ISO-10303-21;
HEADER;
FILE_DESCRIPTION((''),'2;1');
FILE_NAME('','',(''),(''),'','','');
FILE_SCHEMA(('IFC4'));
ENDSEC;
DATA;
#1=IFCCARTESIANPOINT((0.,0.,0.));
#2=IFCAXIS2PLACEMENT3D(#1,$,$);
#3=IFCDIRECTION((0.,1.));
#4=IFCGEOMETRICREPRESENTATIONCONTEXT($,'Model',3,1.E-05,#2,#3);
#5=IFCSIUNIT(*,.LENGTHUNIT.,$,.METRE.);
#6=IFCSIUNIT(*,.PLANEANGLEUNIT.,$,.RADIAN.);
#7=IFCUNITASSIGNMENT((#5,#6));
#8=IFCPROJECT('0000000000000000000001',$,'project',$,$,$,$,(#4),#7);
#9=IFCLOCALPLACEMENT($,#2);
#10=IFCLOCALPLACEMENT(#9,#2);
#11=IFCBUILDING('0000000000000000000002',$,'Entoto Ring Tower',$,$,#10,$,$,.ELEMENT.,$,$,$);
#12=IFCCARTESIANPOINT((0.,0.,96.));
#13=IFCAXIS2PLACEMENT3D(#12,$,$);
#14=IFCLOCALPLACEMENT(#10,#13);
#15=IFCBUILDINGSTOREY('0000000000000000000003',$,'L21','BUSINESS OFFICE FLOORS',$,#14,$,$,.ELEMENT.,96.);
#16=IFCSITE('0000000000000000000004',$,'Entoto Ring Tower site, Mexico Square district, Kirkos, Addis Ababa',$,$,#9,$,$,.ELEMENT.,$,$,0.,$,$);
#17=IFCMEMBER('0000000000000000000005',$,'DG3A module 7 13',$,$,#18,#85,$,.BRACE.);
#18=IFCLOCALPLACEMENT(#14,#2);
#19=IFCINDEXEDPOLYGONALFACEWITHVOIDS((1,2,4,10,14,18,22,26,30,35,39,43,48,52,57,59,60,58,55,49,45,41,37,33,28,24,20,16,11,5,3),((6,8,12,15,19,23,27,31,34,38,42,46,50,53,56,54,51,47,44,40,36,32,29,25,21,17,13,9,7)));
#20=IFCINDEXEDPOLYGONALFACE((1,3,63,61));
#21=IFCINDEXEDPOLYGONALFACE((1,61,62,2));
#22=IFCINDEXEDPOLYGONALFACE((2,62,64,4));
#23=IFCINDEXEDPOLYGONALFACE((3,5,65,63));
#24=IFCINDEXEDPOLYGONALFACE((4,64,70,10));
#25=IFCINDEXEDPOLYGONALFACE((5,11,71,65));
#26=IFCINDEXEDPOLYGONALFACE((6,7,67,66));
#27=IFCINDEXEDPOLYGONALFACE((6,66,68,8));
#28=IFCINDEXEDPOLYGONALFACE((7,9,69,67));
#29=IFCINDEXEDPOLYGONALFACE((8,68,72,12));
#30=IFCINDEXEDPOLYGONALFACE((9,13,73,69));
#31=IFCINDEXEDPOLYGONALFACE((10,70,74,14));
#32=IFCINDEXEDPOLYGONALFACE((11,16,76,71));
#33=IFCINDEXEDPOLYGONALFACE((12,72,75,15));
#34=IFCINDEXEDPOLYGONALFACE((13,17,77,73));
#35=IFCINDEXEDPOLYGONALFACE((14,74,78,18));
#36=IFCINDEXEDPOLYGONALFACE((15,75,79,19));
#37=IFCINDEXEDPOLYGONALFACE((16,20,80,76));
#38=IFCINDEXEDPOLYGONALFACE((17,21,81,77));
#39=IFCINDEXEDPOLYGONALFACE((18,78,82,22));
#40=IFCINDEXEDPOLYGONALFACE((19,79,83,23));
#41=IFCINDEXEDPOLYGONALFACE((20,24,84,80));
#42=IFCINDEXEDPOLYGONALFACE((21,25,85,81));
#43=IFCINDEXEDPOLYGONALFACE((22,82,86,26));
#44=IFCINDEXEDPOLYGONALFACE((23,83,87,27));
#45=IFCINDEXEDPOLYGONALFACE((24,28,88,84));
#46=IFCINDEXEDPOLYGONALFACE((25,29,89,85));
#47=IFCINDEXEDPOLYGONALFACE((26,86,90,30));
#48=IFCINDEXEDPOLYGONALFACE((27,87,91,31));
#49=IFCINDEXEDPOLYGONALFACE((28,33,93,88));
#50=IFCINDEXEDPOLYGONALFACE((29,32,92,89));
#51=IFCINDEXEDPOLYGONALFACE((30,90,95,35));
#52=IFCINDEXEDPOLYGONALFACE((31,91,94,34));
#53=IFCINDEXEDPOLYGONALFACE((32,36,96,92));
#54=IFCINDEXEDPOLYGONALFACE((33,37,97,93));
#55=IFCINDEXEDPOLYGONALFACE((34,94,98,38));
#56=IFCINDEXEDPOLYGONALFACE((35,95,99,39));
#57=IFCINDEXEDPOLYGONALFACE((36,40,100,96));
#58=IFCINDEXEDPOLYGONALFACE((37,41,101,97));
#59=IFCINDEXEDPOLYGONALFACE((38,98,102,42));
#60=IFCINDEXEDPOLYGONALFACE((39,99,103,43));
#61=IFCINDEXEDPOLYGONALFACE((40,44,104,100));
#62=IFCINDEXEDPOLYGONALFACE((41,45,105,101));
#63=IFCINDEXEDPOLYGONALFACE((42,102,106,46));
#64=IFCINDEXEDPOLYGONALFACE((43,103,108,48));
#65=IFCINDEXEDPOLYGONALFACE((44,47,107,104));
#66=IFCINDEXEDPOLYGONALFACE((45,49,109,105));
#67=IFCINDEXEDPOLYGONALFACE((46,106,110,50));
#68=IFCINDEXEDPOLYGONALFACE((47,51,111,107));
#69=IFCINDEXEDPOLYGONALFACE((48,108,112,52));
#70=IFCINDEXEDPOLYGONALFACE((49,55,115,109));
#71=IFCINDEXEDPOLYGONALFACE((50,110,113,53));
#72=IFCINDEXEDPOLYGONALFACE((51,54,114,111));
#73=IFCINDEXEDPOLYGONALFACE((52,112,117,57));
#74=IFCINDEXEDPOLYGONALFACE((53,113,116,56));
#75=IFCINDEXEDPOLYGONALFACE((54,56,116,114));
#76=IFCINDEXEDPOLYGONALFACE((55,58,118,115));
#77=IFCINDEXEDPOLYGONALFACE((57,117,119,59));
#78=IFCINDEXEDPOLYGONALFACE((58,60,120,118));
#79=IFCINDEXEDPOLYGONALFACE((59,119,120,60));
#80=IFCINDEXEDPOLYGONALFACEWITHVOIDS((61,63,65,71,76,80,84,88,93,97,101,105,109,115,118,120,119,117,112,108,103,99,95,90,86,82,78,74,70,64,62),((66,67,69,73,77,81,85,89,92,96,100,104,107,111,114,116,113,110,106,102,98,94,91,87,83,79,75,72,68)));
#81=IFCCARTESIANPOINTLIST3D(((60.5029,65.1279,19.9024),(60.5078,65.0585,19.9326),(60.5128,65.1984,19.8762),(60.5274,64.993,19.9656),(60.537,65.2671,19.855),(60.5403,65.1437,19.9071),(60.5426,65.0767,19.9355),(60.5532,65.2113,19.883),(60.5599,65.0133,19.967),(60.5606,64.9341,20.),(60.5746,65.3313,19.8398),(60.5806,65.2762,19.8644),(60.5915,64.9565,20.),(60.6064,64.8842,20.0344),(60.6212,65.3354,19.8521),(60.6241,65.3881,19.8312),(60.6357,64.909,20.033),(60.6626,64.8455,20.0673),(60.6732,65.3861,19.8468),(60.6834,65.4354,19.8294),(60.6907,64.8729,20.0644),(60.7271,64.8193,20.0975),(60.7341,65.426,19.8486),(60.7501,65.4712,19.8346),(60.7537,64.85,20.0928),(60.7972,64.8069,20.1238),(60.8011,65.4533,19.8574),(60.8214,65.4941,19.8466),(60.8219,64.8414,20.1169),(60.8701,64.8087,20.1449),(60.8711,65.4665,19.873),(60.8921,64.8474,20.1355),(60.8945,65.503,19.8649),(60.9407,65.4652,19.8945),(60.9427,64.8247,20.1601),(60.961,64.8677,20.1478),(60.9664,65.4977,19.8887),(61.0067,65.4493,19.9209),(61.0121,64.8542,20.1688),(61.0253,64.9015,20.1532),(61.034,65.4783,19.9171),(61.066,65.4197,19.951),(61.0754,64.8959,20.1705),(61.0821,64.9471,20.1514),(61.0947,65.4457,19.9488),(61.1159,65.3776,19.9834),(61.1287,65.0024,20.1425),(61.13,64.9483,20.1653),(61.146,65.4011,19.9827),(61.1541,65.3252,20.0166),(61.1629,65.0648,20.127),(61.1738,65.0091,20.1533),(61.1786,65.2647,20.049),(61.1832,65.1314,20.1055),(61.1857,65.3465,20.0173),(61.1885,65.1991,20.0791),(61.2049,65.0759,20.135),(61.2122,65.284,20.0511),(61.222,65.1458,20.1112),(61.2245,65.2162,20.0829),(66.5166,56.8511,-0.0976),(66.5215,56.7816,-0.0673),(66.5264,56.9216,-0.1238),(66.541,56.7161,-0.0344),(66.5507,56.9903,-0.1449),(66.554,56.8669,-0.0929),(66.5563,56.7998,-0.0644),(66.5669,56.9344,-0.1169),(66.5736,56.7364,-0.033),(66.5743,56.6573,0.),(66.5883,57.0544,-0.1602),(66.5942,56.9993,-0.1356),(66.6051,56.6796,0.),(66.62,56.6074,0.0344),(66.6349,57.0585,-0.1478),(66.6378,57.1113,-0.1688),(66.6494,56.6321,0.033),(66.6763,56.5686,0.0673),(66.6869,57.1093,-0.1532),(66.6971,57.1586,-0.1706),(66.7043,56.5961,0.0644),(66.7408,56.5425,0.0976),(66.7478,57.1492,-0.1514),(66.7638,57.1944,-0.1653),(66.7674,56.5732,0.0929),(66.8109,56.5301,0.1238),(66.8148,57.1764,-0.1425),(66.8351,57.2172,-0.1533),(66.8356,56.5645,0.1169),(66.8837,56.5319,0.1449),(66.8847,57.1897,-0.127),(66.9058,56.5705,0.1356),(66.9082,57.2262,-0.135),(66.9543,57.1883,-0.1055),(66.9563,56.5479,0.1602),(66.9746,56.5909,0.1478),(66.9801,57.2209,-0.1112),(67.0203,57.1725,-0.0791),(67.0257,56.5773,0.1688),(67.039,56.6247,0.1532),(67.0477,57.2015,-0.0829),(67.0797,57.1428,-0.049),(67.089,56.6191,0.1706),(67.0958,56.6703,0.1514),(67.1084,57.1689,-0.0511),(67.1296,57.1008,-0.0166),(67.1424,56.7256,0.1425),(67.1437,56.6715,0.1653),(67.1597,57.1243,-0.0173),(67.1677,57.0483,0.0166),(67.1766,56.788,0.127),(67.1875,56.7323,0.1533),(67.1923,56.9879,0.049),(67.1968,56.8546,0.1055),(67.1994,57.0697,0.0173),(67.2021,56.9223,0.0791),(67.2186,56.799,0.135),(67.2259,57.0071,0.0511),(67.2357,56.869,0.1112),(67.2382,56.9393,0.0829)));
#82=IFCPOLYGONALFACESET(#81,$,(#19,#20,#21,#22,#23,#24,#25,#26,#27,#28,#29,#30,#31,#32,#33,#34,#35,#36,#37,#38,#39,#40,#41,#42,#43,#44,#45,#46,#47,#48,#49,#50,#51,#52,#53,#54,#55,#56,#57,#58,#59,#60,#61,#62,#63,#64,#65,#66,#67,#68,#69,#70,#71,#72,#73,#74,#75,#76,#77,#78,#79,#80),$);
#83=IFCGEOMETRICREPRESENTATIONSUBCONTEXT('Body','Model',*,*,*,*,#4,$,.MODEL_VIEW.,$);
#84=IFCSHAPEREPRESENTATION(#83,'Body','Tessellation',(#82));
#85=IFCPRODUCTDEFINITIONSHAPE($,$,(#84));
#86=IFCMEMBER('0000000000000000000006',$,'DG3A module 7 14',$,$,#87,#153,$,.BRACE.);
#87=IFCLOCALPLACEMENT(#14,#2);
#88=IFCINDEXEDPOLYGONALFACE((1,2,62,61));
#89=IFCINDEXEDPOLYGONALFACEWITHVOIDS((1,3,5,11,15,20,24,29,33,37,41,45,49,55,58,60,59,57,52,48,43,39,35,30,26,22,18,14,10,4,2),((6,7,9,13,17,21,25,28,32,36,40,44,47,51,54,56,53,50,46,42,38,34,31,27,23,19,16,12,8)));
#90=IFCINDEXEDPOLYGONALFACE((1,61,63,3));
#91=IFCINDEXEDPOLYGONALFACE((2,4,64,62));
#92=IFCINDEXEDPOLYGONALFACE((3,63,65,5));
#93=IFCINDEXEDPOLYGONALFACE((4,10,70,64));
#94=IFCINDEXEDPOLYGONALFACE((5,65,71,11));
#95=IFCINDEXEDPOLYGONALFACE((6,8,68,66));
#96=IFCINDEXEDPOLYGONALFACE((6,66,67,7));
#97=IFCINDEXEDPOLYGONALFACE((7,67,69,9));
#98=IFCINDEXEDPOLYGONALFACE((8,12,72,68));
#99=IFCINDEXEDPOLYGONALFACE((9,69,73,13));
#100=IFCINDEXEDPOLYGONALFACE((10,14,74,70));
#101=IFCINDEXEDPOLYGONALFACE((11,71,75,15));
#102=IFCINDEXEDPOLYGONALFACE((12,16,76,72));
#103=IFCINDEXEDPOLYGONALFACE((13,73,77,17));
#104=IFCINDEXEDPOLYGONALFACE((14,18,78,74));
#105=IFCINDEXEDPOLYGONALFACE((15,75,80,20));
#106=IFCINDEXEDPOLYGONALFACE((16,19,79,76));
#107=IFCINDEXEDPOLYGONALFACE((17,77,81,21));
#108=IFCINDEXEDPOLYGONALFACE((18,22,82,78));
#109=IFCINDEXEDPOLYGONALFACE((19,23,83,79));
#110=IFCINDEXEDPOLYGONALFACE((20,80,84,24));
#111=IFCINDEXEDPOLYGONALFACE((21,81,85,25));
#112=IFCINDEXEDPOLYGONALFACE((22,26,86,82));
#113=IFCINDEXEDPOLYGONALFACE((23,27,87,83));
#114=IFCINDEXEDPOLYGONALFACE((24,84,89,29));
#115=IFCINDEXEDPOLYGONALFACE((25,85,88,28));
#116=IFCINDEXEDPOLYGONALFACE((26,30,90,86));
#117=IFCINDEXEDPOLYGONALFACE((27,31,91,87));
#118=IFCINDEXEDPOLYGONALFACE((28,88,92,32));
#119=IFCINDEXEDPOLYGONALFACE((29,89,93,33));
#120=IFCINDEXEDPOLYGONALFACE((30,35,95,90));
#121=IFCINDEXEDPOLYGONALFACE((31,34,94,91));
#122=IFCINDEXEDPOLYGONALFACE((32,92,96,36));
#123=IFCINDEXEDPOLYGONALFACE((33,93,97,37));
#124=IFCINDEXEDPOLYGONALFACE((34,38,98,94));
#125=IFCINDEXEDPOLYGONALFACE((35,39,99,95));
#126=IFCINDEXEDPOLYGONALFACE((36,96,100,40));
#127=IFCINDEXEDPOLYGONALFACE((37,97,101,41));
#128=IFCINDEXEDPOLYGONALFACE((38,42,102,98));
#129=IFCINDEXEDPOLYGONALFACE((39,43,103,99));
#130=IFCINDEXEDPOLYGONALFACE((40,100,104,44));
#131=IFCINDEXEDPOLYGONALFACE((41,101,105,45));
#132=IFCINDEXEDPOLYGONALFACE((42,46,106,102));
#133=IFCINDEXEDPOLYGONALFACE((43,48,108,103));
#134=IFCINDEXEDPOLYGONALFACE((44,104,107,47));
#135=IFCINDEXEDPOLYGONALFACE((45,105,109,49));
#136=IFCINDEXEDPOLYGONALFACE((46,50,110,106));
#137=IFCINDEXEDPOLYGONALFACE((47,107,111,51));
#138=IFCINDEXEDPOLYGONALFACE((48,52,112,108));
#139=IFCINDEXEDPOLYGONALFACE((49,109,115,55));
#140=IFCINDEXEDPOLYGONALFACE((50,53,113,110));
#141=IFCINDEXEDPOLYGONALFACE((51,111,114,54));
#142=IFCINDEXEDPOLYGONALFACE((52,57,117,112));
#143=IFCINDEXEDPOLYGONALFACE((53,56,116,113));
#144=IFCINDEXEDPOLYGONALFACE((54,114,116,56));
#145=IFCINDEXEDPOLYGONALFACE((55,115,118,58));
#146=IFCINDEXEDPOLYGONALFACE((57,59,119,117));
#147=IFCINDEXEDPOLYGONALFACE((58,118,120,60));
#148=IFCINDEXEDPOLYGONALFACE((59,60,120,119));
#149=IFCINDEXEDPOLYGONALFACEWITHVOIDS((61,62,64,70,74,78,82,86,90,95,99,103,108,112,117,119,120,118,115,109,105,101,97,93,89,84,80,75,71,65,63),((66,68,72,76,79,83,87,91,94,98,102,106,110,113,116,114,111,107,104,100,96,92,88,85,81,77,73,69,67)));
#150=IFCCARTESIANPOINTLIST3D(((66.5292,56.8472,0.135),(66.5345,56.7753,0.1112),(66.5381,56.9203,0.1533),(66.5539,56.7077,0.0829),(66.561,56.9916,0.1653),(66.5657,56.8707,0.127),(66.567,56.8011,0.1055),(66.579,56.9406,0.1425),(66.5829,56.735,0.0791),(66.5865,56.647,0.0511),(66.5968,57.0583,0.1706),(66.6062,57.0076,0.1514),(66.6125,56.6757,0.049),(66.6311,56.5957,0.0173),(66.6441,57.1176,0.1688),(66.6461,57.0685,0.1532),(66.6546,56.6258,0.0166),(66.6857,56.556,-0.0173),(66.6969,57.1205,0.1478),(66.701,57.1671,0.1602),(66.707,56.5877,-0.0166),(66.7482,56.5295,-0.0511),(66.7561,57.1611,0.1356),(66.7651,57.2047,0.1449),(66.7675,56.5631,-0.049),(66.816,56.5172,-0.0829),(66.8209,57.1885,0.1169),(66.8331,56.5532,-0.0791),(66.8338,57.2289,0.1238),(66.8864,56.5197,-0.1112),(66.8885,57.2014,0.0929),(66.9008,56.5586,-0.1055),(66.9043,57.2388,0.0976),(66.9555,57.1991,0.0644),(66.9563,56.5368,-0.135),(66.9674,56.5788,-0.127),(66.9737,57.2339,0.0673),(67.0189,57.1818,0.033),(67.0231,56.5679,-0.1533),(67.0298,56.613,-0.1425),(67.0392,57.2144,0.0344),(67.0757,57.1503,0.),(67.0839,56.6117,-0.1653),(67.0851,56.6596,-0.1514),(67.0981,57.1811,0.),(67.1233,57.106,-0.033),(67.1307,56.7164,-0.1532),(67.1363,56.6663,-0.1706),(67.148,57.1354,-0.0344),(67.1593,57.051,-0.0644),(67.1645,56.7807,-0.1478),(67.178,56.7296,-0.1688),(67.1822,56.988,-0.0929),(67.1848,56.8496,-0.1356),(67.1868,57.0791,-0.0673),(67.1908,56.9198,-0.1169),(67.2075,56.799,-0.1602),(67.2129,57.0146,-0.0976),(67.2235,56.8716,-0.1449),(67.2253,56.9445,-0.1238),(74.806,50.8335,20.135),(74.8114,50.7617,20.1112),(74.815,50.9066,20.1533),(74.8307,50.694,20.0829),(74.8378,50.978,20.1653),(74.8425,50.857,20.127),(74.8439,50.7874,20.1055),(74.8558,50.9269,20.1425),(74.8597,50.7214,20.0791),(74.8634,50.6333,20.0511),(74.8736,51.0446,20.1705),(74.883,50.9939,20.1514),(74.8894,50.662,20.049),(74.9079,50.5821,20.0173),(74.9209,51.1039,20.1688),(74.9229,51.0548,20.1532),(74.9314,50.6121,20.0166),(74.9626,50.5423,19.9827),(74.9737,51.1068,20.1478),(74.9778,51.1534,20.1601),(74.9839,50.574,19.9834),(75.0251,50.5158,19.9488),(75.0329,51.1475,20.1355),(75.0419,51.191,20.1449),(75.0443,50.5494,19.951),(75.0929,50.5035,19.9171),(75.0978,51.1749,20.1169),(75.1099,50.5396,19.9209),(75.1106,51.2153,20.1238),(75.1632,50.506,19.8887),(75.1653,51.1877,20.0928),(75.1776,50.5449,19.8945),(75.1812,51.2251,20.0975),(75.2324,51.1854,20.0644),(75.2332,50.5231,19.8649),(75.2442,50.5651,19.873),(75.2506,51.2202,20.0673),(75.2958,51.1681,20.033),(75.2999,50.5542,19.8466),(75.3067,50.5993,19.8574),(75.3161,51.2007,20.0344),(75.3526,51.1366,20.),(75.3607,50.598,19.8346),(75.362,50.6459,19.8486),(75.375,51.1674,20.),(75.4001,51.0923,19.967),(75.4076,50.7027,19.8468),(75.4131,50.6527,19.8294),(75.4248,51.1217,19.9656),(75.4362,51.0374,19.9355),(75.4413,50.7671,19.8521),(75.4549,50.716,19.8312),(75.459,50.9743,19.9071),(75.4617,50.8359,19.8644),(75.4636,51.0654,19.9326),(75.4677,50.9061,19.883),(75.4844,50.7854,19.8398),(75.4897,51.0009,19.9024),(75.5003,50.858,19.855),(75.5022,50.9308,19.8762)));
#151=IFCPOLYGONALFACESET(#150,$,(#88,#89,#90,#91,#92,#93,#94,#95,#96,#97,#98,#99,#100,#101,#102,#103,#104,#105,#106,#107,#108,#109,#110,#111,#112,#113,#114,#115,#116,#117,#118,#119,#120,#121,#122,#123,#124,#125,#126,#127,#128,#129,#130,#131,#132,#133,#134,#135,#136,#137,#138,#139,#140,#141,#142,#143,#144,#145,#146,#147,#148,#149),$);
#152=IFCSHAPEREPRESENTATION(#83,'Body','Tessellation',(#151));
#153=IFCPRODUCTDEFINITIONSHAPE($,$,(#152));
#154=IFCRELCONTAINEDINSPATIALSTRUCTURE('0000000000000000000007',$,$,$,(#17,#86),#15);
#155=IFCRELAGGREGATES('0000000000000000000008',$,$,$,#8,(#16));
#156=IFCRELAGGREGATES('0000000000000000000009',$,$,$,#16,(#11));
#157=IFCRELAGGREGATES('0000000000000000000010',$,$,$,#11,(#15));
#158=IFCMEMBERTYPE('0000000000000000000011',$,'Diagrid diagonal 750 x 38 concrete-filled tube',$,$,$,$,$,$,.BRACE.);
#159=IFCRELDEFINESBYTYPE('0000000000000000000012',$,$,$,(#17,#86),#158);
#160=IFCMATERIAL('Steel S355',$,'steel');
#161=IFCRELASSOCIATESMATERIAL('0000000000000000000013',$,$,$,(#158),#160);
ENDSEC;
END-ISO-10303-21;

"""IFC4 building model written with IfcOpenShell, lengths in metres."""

from ifc_helpers import new_model, si_unit, direction, frame, origin, origin_2d, place, context, subcontext, project, spatial, circle, hollow_circle, extrude, material, material_profile, profile_set, type_object, element, save


model = new_model("IFC4")

# Units and contexts
model_context = context("Model", 3, precision=1e-05, world=origin(), true_north=direction((0.0, 1.0)))
body_context = subcontext(model_context, "Body", "Model", "MODEL_VIEW")
ifc_project = project(units=[si_unit("LENGTHUNIT", "METRE"), si_unit("PLANEANGLEUNIT", "RADIAN")], contexts=[model_context])

# Site, building, storey
site_placement = place(None, origin())
site = spatial("IfcSite", under=ifc_project, at=site_placement, Name="Entoto Ring Tower site, Mexico Square district, Kirkos, Addis Ababa", CompositionType="ELEMENT", RefElevation=0.0)
building_placement = place(site_placement, origin())
building = spatial("IfcBuilding", under=site, at=building_placement, Name="Entoto Ring Tower", CompositionType="ELEMENT")
storey_placement = place(building_placement, frame((0.0, 0.0, 96.0)))
storey = spatial("IfcBuildingStorey", under=building, at=storey_placement, Name="L21", Description="BUSINESS OFFICE FLOORS", CompositionType="ELEMENT", Elevation=96.0)

# Members
ifc_material_1 = material(Name="Steel S355", Category="steel")
ifc_material_profile_1 = material_profile(ifc_material_1, hollow_circle(Radius=0.375, WallThickness=0.0381, at=origin_2d()), Name="CHS 750 x 38")
ifc_material_2 = material(Name="Concrete C60/75", Category="concrete")
ifc_material_profile_2 = material_profile(ifc_material_2, circle(Radius=0.3369, at=origin_2d()), Name="Concrete C60/75 infill")
ifc_profile_set_1 = profile_set([ifc_material_profile_1, ifc_material_profile_2], Name="Steel S355")
member_type_1 = type_object("IfcMemberType", Name="Diagrid diagonal 750 x 38 concrete-filled tube", PredefinedType="BRACE", material=ifc_profile_set_1)
for number, where, z_axis, x_axis, name in (
    (1, (66.8777, 56.8777, 0.0), (-0.267692, 0.368435, 0.890279), (-0.809008, -0.587797, 0.0), "DG3A module 7 13"),
    (2, (66.8777, 56.8777, 0.0), (0.368435, -0.267692, 0.890279), (0.587797, 0.809008, 0.0), "DG3A module 7 14"),
):
    element("IfcMember", number, at=place(storey_placement, frame(where, z_axis=z_axis, x_axis=x_axis)), inside=storey, type_object=member_type_1, Name=name, PredefinedType="BRACE", context=body_context, shape_type="SweptSolid", body=[
        extrude(hollow_circle(Radius=0.375, WallThickness=0.0381, at=origin_2d()), origin(), (0.0, 0.0, 1.0), 22.4648),
    ])

save(model, "model.ifc")
